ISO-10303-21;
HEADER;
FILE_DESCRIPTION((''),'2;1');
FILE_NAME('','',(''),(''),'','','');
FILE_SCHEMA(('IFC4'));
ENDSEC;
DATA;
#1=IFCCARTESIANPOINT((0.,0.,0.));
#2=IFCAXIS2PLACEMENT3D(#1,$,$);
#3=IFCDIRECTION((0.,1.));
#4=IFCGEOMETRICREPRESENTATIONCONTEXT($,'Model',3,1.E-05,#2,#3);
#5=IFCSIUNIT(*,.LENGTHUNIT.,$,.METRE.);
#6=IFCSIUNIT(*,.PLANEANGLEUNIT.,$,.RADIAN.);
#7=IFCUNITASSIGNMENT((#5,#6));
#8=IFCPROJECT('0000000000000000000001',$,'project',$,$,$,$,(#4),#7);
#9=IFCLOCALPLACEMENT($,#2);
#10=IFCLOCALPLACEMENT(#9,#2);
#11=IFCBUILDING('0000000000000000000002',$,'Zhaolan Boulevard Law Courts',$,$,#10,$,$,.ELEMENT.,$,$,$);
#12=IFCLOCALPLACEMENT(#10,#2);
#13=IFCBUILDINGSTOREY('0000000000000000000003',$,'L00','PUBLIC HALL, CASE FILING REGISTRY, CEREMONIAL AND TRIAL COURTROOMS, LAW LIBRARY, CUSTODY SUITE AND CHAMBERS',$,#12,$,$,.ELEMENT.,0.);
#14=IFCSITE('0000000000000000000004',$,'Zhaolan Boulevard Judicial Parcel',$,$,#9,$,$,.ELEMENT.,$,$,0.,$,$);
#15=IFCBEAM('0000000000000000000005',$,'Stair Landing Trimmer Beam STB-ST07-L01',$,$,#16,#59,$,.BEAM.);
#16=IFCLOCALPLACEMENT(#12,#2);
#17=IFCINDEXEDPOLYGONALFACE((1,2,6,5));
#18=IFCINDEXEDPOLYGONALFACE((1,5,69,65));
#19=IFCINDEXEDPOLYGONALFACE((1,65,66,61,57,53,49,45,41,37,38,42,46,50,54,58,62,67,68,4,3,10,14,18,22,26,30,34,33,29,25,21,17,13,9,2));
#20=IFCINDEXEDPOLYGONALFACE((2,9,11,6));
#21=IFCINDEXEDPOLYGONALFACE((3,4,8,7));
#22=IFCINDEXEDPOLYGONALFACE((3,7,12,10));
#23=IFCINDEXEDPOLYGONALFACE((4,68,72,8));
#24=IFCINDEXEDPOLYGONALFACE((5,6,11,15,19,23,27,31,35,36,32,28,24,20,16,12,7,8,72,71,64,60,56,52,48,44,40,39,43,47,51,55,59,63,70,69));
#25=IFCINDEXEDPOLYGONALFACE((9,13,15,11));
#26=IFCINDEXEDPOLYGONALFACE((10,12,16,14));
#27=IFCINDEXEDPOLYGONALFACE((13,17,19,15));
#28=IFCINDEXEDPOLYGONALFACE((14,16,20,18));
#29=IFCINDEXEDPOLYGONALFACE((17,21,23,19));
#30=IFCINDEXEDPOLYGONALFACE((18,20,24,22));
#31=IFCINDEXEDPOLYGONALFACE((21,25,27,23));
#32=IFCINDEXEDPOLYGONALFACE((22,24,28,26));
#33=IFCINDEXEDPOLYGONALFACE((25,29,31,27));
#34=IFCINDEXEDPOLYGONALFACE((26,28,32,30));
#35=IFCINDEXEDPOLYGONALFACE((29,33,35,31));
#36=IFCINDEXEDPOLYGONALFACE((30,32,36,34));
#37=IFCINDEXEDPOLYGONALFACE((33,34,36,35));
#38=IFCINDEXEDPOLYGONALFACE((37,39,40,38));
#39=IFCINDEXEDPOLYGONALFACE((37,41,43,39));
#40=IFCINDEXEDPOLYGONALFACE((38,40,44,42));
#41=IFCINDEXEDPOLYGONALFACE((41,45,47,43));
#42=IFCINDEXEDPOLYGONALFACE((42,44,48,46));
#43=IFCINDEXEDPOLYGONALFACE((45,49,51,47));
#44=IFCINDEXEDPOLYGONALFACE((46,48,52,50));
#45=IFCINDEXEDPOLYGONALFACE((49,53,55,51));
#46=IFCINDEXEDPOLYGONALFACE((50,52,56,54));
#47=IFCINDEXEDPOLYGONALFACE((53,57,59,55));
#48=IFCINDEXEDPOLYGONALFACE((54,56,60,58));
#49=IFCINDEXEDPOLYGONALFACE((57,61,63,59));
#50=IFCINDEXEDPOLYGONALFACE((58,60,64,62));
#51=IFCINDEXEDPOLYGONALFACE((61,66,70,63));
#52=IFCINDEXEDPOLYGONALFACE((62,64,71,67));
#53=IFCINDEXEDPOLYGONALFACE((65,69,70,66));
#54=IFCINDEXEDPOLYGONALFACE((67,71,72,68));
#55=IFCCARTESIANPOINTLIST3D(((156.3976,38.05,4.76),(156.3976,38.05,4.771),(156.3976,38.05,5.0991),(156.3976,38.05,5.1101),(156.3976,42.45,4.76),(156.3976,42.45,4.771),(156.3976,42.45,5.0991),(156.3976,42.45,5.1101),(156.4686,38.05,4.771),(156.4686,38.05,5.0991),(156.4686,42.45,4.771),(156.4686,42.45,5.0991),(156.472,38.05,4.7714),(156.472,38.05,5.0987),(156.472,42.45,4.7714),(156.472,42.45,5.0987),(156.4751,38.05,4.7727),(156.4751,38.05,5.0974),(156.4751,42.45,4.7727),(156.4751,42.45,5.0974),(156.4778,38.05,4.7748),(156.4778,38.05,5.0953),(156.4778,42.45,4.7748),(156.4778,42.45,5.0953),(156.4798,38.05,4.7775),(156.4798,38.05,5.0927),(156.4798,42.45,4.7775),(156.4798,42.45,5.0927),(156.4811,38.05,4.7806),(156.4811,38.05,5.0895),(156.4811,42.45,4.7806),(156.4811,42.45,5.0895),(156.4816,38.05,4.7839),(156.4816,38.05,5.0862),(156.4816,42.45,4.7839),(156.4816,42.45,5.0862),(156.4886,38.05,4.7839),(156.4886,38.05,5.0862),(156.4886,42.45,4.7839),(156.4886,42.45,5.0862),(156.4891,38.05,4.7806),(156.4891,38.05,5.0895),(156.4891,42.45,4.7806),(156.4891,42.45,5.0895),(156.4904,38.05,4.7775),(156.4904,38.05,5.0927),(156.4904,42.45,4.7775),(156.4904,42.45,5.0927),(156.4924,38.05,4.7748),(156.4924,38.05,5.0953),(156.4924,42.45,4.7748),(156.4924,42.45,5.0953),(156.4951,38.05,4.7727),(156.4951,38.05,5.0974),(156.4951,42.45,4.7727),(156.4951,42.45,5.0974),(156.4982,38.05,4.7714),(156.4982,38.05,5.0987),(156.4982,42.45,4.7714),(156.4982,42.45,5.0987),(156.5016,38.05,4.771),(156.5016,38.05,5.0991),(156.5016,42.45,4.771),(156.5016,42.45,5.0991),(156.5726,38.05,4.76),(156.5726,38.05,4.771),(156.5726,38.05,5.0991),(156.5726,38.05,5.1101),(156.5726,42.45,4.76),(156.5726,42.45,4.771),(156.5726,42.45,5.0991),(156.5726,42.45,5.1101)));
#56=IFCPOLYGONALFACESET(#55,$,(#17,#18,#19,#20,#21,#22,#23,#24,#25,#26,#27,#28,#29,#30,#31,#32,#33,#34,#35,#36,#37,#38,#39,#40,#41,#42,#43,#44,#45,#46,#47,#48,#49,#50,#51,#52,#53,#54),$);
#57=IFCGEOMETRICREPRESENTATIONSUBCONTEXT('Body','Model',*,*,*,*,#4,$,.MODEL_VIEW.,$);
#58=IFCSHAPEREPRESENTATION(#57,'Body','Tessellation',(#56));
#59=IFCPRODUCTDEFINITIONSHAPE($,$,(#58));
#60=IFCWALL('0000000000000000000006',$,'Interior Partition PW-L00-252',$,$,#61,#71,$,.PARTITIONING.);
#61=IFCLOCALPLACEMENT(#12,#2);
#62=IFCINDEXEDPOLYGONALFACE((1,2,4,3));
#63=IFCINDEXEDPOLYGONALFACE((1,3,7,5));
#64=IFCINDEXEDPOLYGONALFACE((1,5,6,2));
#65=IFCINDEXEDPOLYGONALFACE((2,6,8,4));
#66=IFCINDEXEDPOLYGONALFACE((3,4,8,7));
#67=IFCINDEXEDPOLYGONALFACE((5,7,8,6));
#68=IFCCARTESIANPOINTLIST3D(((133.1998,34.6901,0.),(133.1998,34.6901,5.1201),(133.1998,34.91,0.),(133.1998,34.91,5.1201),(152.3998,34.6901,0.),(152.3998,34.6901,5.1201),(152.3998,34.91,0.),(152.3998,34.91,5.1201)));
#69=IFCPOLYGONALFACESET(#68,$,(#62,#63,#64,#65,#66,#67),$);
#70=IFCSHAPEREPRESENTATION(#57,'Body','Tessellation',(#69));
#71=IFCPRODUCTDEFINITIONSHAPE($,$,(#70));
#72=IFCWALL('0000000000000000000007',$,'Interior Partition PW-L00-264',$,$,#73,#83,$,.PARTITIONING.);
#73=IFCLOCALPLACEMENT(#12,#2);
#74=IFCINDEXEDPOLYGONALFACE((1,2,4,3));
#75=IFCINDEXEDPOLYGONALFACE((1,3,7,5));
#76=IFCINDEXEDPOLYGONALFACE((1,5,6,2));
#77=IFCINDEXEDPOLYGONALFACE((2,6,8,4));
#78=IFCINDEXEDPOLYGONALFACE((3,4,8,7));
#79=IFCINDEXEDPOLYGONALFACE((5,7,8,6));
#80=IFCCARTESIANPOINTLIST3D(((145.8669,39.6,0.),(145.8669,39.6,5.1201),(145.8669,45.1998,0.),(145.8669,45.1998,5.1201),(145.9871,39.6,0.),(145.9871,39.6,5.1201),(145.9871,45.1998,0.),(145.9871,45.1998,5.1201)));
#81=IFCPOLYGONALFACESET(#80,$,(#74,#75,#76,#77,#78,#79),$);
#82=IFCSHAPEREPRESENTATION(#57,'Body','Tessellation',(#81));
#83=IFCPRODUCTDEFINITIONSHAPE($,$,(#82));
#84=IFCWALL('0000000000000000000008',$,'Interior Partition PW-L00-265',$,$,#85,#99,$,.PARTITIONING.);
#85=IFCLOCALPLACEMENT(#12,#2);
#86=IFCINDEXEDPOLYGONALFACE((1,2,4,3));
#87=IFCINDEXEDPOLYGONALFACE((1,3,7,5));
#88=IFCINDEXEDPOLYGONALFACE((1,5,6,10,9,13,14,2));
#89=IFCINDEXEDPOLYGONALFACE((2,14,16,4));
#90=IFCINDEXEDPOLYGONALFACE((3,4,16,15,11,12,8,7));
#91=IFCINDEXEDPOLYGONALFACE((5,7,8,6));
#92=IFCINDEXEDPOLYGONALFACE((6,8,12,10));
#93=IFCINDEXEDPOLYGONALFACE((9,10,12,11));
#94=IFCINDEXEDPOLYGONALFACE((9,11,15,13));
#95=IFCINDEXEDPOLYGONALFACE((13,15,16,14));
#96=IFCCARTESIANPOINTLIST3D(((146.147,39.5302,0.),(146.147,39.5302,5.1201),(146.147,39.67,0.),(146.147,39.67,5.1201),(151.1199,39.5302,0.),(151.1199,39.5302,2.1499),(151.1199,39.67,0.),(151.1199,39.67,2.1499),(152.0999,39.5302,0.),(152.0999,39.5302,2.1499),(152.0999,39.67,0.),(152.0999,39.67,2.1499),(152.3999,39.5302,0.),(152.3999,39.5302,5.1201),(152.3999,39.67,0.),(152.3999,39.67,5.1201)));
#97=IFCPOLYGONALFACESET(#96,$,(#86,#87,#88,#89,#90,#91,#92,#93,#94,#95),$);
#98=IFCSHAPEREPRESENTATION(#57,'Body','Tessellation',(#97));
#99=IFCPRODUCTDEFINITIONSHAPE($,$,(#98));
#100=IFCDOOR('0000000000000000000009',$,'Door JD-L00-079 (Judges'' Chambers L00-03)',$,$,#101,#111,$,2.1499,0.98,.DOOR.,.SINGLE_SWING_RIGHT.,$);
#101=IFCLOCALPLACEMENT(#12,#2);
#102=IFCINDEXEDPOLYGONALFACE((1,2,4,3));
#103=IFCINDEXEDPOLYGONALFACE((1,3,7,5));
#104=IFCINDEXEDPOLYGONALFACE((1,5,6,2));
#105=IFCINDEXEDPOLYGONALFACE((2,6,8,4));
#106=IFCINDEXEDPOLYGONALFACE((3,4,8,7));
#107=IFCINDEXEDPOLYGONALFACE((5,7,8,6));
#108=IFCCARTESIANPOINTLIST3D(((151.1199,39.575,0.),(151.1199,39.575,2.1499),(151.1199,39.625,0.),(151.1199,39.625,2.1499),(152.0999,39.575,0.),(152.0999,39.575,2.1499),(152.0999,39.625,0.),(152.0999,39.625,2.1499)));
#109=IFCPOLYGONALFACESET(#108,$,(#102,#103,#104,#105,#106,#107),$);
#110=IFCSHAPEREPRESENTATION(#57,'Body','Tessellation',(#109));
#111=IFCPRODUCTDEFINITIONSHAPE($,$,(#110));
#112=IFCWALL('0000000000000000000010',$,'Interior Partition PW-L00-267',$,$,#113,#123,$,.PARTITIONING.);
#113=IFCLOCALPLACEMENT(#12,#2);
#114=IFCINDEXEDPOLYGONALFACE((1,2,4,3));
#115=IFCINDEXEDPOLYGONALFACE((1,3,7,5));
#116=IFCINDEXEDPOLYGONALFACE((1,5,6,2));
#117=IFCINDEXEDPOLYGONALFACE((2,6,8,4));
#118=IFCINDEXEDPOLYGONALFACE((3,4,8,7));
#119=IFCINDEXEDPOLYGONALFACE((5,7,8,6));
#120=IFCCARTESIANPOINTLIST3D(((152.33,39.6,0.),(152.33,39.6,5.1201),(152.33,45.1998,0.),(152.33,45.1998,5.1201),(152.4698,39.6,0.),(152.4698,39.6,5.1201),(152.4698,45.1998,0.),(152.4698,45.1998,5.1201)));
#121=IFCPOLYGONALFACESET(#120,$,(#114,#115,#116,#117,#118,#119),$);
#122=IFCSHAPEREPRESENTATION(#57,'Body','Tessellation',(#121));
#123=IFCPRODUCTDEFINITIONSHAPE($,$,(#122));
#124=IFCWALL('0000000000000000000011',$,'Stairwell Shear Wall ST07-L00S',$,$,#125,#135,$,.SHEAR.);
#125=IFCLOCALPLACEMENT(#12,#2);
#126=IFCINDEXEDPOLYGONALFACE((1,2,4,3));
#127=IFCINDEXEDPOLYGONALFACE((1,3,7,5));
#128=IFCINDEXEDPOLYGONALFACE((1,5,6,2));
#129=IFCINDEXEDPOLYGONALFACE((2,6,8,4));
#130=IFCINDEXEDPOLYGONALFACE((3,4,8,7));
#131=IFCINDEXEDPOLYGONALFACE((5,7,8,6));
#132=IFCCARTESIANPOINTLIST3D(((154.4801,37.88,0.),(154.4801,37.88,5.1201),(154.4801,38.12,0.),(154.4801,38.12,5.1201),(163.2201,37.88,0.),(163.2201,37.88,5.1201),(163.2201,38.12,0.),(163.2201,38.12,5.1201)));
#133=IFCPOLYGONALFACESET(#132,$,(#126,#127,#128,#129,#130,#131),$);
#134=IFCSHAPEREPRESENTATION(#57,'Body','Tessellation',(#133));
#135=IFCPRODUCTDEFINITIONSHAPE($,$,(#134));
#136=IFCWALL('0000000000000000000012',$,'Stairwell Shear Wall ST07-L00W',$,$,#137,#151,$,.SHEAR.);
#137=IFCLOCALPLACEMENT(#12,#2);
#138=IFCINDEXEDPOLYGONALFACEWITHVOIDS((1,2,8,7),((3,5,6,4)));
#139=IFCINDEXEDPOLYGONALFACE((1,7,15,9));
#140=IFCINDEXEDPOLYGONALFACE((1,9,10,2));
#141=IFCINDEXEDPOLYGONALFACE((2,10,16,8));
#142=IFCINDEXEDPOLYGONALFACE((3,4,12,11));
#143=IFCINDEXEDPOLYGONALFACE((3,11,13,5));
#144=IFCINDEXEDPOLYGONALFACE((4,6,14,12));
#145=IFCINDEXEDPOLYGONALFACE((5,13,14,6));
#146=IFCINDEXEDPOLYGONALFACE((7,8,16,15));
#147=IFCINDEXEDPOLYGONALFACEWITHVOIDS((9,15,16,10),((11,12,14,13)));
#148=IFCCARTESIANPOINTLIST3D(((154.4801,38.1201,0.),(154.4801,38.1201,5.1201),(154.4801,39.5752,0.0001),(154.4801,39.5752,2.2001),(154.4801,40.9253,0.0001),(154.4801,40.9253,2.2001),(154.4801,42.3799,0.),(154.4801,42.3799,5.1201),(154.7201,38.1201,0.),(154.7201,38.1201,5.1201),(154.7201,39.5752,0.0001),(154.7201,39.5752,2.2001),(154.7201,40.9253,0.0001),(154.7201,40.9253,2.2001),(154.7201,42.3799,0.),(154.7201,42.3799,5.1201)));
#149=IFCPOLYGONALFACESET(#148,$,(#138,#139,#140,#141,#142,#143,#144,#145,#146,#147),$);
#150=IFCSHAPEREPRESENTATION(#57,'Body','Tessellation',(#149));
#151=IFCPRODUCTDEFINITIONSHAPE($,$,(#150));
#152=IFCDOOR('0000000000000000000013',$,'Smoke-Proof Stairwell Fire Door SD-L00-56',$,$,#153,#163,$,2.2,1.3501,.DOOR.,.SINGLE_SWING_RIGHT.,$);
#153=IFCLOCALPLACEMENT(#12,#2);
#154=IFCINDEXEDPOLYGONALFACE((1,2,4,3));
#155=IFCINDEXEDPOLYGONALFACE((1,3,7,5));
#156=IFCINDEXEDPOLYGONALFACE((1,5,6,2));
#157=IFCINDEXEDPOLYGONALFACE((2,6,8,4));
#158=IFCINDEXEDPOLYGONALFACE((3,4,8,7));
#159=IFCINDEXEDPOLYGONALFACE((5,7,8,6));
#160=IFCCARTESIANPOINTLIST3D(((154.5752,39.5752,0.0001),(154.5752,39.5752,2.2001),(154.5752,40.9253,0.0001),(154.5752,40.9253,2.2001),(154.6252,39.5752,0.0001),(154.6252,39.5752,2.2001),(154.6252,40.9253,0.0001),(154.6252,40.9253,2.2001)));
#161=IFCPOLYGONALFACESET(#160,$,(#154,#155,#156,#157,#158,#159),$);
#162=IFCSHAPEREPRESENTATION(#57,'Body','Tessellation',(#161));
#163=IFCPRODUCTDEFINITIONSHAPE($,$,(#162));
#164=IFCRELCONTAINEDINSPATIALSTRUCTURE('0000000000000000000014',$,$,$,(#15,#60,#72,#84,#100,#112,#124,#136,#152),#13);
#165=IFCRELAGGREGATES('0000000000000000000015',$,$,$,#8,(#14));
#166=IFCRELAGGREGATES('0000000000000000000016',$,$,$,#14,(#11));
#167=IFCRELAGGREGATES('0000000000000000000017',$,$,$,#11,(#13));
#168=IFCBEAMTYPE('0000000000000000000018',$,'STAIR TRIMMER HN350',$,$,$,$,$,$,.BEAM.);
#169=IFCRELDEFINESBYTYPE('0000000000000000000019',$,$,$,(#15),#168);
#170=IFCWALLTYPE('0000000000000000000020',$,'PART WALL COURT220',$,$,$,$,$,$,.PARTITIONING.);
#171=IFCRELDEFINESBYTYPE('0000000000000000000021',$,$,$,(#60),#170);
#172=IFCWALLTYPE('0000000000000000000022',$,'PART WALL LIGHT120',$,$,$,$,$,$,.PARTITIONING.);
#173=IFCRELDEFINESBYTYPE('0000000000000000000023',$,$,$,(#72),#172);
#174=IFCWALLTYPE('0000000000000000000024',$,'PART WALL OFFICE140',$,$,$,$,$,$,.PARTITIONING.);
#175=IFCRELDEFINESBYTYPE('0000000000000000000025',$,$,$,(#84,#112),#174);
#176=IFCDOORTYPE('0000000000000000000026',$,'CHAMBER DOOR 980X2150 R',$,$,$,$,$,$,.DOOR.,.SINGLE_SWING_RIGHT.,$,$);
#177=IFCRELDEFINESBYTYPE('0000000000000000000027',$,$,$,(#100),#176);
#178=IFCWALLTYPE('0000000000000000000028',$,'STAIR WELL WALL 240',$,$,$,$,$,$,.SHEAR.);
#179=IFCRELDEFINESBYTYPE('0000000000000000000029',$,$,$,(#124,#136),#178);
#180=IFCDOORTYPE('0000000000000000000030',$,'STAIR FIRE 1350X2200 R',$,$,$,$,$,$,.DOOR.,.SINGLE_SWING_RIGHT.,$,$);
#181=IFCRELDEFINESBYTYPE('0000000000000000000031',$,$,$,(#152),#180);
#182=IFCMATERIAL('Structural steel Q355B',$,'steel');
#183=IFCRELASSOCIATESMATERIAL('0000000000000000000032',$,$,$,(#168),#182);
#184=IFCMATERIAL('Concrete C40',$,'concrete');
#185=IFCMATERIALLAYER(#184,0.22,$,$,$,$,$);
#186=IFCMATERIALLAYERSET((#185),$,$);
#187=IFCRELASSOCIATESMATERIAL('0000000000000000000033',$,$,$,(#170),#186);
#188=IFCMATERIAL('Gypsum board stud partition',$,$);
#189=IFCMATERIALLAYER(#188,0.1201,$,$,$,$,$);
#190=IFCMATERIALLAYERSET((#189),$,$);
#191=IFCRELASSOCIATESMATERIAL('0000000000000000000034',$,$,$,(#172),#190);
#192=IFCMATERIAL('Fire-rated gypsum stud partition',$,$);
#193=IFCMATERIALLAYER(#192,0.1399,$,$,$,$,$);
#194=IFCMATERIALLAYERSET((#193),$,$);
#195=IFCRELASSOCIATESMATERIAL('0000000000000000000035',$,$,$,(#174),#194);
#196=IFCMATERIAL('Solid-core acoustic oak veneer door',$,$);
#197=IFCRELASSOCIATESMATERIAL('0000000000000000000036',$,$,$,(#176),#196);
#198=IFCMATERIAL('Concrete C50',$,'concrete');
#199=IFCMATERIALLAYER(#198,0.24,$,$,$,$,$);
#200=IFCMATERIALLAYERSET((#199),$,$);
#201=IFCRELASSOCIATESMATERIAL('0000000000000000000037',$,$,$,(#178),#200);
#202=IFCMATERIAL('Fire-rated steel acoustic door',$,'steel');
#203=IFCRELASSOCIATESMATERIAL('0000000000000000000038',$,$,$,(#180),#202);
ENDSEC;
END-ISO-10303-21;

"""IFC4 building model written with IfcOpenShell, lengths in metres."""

from ifc_helpers import new_model, si_unit, direction, frame, frame_2d, origin, origin_2d, place, context, subcontext, project, spatial, rectangle, i_section, extrude, material, layer, layer_set, material_profile, profile_set, type_object, element, fill, save


model = new_model("IFC4")

# Units and contexts
model_context = context("Model", 3, precision=1e-05, world=origin(), true_north=direction((0.0, 1.0)))
body_context = subcontext(model_context, "Body", "Model", "MODEL_VIEW")
ifc_project = project(units=[si_unit("LENGTHUNIT", "METRE"), si_unit("PLANEANGLEUNIT", "RADIAN")], contexts=[model_context])

# Site, building, storey
site_placement = place(None, origin())
site = spatial("IfcSite", under=ifc_project, at=site_placement, Name="Zhaolan Boulevard Judicial Parcel", CompositionType="ELEMENT", RefElevation=0.0)
building_placement = place(site_placement, origin())
building = spatial("IfcBuilding", under=site, at=building_placement, Name="Zhaolan Boulevard Law Courts", CompositionType="ELEMENT")
storey_placement = place(building_placement, origin())
storey = spatial("IfcBuildingStorey", under=building, at=storey_placement, Name="L00", Description="PUBLIC HALL, CASE FILING REGISTRY, CEREMONIAL AND TRIAL COURTROOMS, LAW LIBRARY, CUSTODY SUITE AND CHAMBERS", CompositionType="ELEMENT", Elevation=0.0)

# Beam
ifc_material_1 = material(Name="Structural steel Q355B", Category="steel")
ifc_material_profile_1 = material_profile(ifc_material_1, i_section(OverallWidth=0.175, OverallDepth=0.3501, WebThickness=0.0071, FlangeThickness=0.011, FilletRadius=0.0129, at=origin_2d()), Name="HN350x175")
ifc_profile_set_1 = profile_set([ifc_material_profile_1], Name="Structural steel Q355B")
beam_type_1 = type_object("IfcBeamType", Name="STAIR TRIMMER HN350", PredefinedType="BEAM", material=ifc_profile_set_1)
beam_1_placement = place(storey_placement, frame((156.4851, 38.05, 4.9351), z_axis=(0.0, 1.0, 0.0), x_axis=(-1.0, 0.0, 0.0)))
element("IfcBeam", 1, at=beam_1_placement, inside=storey, type_object=beam_type_1, Name="Stair Landing Trimmer Beam STB-ST07-L01", PredefinedType="BEAM", context=body_context, shape_type="SweptSolid", body=[
    extrude(i_section(OverallWidth=0.175, OverallDepth=0.3501, WebThickness=0.0071, FlangeThickness=0.011, FilletRadius=0.0129, at=origin_2d()), origin(), (0.0, 0.0, 1.0), 4.3999),
])

# Walls
ifc_material_2 = material(Name="Concrete C40", Category="concrete")
ifc_layer_1 = layer(ifc_material_2, 0.22)
ifc_layer_set_1 = layer_set([ifc_layer_1])
wall_type_1 = type_object("IfcWallType", Name="PART WALL COURT220", PredefinedType="PARTITIONING", material=ifc_layer_set_1)
wall_1_placement = place(storey_placement, frame((152.3999, 34.8, 0.0), z_axis=(0.0, 0.0, 1.0), x_axis=(-1.0, 0.0, 0.0)))
element("IfcWall", 2, at=wall_1_placement, inside=storey, type_object=wall_type_1, Name="Interior Partition PW-L00-252", PredefinedType="PARTITIONING", context=body_context, shape_type="SweptSolid", body=[
    extrude(rectangle(XDim=19.2, YDim=0.22, at=frame_2d((9.6001, 0.0))), origin(), (0.0, 0.0, 1.0), 5.1201),
])
ifc_material_3 = material(Name="Gypsum board stud partition")
ifc_layer_2 = layer(ifc_material_3, 0.1201)
ifc_layer_set_2 = layer_set([ifc_layer_2])
wall_type_2 = type_object("IfcWallType", Name="PART WALL LIGHT120", PredefinedType="PARTITIONING", material=ifc_layer_set_2)
wall_2_placement = place(storey_placement, frame((145.927, 39.6001, 0.0), z_axis=(0.0, 0.0, 1.0), x_axis=(0.0, 1.0, 0.0)))
element("IfcWall", 3, at=wall_2_placement, inside=storey, type_object=wall_type_2, Name="Interior Partition PW-L00-264", PredefinedType="PARTITIONING", context=body_context, shape_type="SweptSolid", body=[
    extrude(rectangle(XDim=5.5999, YDim=0.1201, at=frame_2d((2.7998, 0.0))), origin(), (0.0, 0.0, 1.0), 5.1201),
])

# Wall, opening, door
ifc_material_4 = material(Name="Fire-rated gypsum stud partition")
ifc_layer_3 = layer(ifc_material_4, 0.1399)
ifc_layer_set_3 = layer_set([ifc_layer_3])
wall_type_3 = type_object("IfcWallType", Name="PART WALL OFFICE140", PredefinedType="PARTITIONING", material=ifc_layer_set_3)
wall_3_placement = place(storey_placement, frame((146.147, 39.6001, 0.0), z_axis=(0.0, 0.0, 1.0), x_axis=(1.0, 0.0, 0.0)))
wall_3 = element("IfcWall", 4, at=wall_3_placement, inside=storey, type_object=wall_type_3, Name="Interior Partition PW-L00-265", PredefinedType="PARTITIONING", context=body_context, shape_type="SweptSolid", body=[
    extrude(rectangle(XDim=6.2529, YDim=0.1399, at=frame_2d((3.1265, 0.0))), origin(), (0.0, 0.0, 1.0), 5.1201),
])
opening_1_placement = place(wall_3_placement, frame((4.9729, 0.0, 0.0)))
opening_1 = element("IfcOpeningElement", 5, at=opening_1_placement, cuts=wall_3, PredefinedType="OPENING", context=body_context, shape_type="SweptSolid", body=[
    extrude(rectangle(XDim=0.98, YDim=2.1499, at=frame_2d((0.49, 1.075))), frame((0.0, 0.0798, 0.0), z_axis=(0.0, -1.0, 0.0), x_axis=(1.0, 0.0, 0.0)), (0.0, 0.0, 1.0), 0.1599),
])
ifc_material_5 = material(Name="Solid-core acoustic oak veneer door")
door_type_1 = type_object("IfcDoorType", Name="CHAMBER DOOR 980X2150 R", OperationType="SINGLE_SWING_RIGHT", PredefinedType="DOOR", material=ifc_material_5)
door_1_placement = place(opening_1_placement, origin())
door_1 = element("IfcDoor", 6, at=door_1_placement, inside=storey, type_object=door_type_1, Name="Door JD-L00-079 (Judges' Chambers L00-03)", OperationType="SINGLE_SWING_RIGHT", OverallHeight=2.1499, OverallWidth=0.98, PredefinedType="DOOR", context=body_context, shape_type="SweptSolid", body=[
    extrude(rectangle(XDim=0.98, YDim=2.1499, at=frame_2d((0.49, 1.075))), frame((0.0, 0.0249, 0.0), z_axis=(0.0, -1.0, 0.0), x_axis=(1.0, 0.0, 0.0)), (0.0, 0.0, 1.0), 0.05),
])
fill(opening_1, door_1)

# Walls
wall_4_placement = place(storey_placement, frame((152.3999, 39.6001, 0.0), z_axis=(0.0, 0.0, 1.0), x_axis=(0.0, 1.0, 0.0)))
element("IfcWall", 7, at=wall_4_placement, inside=storey, type_object=wall_type_3, Name="Interior Partition PW-L00-267", PredefinedType="PARTITIONING", context=body_context, shape_type="SweptSolid", body=[
    extrude(rectangle(XDim=5.5999, YDim=0.1399, at=frame_2d((2.7998, 0.0))), origin(), (0.0, 0.0, 1.0), 5.1201),
])
ifc_material_6 = material(Name="Concrete C50", Category="concrete")
ifc_layer_4 = layer(ifc_material_6, 0.24)
ifc_layer_set_4 = layer_set([ifc_layer_4])
wall_type_4 = type_object("IfcWallType", Name="STAIR WELL WALL 240", PredefinedType="SHEAR", material=ifc_layer_set_4)
wall_5_placement = place(storey_placement, frame((154.48, 38.0, 0.0), z_axis=(0.0, 0.0, 1.0), x_axis=(1.0, 0.0, 0.0)))
element("IfcWall", 8, at=wall_5_placement, inside=storey, type_object=wall_type_4, Name="Stairwell Shear Wall ST07-L00S", PredefinedType="SHEAR", context=body_context, shape_type="SweptSolid", body=[
    extrude(rectangle(XDim=8.74, YDim=0.24, at=frame_2d((4.3701, 0.0))), origin(), (0.0, 0.0, 1.0), 5.1201),
])

# Wall, opening, door
wall_6_placement = place(storey_placement, frame((154.6001, 38.1201, 0.0), z_axis=(0.0, 0.0, 1.0), x_axis=(0.0, 1.0, 0.0)))
wall_6 = element("IfcWall", 9, at=wall_6_placement, inside=storey, type_object=wall_type_4, Name="Stairwell Shear Wall ST07-L00W", PredefinedType="SHEAR", context=body_context, shape_type="SweptSolid", body=[
    extrude(rectangle(XDim=4.2598, YDim=0.24, at=frame_2d((2.1299, 0.0))), origin(), (0.0, 0.0, 1.0), 5.1201),
])
opening_2_placement = place(wall_6_placement, frame((1.4551, 0.0, 0.0)))
opening_2 = element("IfcOpeningElement", 10, at=opening_2_placement, cuts=wall_6, PredefinedType="OPENING", context=body_context, shape_type="SweptSolid", body=[
    extrude(rectangle(XDim=1.3501, YDim=2.2, at=frame_2d((0.675, 1.1001))), frame((0.0, 0.1299, 0.0), z_axis=(0.0, -1.0, 0.0), x_axis=(1.0, 0.0, 0.0)), (0.0, 0.0, 1.0), 0.26),
])
ifc_material_7 = material(Name="Fire-rated steel acoustic door", Category="steel")
door_type_2 = type_object("IfcDoorType", Name="STAIR FIRE 1350X2200 R", OperationType="SINGLE_SWING_RIGHT", PredefinedType="DOOR", material=ifc_material_7)
door_2_placement = place(opening_2_placement, origin())
door_2 = element("IfcDoor", 11, at=door_2_placement, inside=storey, type_object=door_type_2, Name="Smoke-Proof Stairwell Fire Door SD-L00-56", OperationType="SINGLE_SWING_RIGHT", OverallHeight=2.2, OverallWidth=1.3501, PredefinedType="DOOR", context=body_context, shape_type="SweptSolid", body=[
    extrude(rectangle(XDim=1.3501, YDim=2.2, at=frame_2d((0.675, 1.1001))), frame((0.0, 0.0249, 0.0), z_axis=(0.0, -1.0, 0.0), x_axis=(1.0, 0.0, 0.0)), (0.0, 0.0, 1.0), 0.05),
])
fill(opening_2, door_2)

save(model, "model.ifc")
